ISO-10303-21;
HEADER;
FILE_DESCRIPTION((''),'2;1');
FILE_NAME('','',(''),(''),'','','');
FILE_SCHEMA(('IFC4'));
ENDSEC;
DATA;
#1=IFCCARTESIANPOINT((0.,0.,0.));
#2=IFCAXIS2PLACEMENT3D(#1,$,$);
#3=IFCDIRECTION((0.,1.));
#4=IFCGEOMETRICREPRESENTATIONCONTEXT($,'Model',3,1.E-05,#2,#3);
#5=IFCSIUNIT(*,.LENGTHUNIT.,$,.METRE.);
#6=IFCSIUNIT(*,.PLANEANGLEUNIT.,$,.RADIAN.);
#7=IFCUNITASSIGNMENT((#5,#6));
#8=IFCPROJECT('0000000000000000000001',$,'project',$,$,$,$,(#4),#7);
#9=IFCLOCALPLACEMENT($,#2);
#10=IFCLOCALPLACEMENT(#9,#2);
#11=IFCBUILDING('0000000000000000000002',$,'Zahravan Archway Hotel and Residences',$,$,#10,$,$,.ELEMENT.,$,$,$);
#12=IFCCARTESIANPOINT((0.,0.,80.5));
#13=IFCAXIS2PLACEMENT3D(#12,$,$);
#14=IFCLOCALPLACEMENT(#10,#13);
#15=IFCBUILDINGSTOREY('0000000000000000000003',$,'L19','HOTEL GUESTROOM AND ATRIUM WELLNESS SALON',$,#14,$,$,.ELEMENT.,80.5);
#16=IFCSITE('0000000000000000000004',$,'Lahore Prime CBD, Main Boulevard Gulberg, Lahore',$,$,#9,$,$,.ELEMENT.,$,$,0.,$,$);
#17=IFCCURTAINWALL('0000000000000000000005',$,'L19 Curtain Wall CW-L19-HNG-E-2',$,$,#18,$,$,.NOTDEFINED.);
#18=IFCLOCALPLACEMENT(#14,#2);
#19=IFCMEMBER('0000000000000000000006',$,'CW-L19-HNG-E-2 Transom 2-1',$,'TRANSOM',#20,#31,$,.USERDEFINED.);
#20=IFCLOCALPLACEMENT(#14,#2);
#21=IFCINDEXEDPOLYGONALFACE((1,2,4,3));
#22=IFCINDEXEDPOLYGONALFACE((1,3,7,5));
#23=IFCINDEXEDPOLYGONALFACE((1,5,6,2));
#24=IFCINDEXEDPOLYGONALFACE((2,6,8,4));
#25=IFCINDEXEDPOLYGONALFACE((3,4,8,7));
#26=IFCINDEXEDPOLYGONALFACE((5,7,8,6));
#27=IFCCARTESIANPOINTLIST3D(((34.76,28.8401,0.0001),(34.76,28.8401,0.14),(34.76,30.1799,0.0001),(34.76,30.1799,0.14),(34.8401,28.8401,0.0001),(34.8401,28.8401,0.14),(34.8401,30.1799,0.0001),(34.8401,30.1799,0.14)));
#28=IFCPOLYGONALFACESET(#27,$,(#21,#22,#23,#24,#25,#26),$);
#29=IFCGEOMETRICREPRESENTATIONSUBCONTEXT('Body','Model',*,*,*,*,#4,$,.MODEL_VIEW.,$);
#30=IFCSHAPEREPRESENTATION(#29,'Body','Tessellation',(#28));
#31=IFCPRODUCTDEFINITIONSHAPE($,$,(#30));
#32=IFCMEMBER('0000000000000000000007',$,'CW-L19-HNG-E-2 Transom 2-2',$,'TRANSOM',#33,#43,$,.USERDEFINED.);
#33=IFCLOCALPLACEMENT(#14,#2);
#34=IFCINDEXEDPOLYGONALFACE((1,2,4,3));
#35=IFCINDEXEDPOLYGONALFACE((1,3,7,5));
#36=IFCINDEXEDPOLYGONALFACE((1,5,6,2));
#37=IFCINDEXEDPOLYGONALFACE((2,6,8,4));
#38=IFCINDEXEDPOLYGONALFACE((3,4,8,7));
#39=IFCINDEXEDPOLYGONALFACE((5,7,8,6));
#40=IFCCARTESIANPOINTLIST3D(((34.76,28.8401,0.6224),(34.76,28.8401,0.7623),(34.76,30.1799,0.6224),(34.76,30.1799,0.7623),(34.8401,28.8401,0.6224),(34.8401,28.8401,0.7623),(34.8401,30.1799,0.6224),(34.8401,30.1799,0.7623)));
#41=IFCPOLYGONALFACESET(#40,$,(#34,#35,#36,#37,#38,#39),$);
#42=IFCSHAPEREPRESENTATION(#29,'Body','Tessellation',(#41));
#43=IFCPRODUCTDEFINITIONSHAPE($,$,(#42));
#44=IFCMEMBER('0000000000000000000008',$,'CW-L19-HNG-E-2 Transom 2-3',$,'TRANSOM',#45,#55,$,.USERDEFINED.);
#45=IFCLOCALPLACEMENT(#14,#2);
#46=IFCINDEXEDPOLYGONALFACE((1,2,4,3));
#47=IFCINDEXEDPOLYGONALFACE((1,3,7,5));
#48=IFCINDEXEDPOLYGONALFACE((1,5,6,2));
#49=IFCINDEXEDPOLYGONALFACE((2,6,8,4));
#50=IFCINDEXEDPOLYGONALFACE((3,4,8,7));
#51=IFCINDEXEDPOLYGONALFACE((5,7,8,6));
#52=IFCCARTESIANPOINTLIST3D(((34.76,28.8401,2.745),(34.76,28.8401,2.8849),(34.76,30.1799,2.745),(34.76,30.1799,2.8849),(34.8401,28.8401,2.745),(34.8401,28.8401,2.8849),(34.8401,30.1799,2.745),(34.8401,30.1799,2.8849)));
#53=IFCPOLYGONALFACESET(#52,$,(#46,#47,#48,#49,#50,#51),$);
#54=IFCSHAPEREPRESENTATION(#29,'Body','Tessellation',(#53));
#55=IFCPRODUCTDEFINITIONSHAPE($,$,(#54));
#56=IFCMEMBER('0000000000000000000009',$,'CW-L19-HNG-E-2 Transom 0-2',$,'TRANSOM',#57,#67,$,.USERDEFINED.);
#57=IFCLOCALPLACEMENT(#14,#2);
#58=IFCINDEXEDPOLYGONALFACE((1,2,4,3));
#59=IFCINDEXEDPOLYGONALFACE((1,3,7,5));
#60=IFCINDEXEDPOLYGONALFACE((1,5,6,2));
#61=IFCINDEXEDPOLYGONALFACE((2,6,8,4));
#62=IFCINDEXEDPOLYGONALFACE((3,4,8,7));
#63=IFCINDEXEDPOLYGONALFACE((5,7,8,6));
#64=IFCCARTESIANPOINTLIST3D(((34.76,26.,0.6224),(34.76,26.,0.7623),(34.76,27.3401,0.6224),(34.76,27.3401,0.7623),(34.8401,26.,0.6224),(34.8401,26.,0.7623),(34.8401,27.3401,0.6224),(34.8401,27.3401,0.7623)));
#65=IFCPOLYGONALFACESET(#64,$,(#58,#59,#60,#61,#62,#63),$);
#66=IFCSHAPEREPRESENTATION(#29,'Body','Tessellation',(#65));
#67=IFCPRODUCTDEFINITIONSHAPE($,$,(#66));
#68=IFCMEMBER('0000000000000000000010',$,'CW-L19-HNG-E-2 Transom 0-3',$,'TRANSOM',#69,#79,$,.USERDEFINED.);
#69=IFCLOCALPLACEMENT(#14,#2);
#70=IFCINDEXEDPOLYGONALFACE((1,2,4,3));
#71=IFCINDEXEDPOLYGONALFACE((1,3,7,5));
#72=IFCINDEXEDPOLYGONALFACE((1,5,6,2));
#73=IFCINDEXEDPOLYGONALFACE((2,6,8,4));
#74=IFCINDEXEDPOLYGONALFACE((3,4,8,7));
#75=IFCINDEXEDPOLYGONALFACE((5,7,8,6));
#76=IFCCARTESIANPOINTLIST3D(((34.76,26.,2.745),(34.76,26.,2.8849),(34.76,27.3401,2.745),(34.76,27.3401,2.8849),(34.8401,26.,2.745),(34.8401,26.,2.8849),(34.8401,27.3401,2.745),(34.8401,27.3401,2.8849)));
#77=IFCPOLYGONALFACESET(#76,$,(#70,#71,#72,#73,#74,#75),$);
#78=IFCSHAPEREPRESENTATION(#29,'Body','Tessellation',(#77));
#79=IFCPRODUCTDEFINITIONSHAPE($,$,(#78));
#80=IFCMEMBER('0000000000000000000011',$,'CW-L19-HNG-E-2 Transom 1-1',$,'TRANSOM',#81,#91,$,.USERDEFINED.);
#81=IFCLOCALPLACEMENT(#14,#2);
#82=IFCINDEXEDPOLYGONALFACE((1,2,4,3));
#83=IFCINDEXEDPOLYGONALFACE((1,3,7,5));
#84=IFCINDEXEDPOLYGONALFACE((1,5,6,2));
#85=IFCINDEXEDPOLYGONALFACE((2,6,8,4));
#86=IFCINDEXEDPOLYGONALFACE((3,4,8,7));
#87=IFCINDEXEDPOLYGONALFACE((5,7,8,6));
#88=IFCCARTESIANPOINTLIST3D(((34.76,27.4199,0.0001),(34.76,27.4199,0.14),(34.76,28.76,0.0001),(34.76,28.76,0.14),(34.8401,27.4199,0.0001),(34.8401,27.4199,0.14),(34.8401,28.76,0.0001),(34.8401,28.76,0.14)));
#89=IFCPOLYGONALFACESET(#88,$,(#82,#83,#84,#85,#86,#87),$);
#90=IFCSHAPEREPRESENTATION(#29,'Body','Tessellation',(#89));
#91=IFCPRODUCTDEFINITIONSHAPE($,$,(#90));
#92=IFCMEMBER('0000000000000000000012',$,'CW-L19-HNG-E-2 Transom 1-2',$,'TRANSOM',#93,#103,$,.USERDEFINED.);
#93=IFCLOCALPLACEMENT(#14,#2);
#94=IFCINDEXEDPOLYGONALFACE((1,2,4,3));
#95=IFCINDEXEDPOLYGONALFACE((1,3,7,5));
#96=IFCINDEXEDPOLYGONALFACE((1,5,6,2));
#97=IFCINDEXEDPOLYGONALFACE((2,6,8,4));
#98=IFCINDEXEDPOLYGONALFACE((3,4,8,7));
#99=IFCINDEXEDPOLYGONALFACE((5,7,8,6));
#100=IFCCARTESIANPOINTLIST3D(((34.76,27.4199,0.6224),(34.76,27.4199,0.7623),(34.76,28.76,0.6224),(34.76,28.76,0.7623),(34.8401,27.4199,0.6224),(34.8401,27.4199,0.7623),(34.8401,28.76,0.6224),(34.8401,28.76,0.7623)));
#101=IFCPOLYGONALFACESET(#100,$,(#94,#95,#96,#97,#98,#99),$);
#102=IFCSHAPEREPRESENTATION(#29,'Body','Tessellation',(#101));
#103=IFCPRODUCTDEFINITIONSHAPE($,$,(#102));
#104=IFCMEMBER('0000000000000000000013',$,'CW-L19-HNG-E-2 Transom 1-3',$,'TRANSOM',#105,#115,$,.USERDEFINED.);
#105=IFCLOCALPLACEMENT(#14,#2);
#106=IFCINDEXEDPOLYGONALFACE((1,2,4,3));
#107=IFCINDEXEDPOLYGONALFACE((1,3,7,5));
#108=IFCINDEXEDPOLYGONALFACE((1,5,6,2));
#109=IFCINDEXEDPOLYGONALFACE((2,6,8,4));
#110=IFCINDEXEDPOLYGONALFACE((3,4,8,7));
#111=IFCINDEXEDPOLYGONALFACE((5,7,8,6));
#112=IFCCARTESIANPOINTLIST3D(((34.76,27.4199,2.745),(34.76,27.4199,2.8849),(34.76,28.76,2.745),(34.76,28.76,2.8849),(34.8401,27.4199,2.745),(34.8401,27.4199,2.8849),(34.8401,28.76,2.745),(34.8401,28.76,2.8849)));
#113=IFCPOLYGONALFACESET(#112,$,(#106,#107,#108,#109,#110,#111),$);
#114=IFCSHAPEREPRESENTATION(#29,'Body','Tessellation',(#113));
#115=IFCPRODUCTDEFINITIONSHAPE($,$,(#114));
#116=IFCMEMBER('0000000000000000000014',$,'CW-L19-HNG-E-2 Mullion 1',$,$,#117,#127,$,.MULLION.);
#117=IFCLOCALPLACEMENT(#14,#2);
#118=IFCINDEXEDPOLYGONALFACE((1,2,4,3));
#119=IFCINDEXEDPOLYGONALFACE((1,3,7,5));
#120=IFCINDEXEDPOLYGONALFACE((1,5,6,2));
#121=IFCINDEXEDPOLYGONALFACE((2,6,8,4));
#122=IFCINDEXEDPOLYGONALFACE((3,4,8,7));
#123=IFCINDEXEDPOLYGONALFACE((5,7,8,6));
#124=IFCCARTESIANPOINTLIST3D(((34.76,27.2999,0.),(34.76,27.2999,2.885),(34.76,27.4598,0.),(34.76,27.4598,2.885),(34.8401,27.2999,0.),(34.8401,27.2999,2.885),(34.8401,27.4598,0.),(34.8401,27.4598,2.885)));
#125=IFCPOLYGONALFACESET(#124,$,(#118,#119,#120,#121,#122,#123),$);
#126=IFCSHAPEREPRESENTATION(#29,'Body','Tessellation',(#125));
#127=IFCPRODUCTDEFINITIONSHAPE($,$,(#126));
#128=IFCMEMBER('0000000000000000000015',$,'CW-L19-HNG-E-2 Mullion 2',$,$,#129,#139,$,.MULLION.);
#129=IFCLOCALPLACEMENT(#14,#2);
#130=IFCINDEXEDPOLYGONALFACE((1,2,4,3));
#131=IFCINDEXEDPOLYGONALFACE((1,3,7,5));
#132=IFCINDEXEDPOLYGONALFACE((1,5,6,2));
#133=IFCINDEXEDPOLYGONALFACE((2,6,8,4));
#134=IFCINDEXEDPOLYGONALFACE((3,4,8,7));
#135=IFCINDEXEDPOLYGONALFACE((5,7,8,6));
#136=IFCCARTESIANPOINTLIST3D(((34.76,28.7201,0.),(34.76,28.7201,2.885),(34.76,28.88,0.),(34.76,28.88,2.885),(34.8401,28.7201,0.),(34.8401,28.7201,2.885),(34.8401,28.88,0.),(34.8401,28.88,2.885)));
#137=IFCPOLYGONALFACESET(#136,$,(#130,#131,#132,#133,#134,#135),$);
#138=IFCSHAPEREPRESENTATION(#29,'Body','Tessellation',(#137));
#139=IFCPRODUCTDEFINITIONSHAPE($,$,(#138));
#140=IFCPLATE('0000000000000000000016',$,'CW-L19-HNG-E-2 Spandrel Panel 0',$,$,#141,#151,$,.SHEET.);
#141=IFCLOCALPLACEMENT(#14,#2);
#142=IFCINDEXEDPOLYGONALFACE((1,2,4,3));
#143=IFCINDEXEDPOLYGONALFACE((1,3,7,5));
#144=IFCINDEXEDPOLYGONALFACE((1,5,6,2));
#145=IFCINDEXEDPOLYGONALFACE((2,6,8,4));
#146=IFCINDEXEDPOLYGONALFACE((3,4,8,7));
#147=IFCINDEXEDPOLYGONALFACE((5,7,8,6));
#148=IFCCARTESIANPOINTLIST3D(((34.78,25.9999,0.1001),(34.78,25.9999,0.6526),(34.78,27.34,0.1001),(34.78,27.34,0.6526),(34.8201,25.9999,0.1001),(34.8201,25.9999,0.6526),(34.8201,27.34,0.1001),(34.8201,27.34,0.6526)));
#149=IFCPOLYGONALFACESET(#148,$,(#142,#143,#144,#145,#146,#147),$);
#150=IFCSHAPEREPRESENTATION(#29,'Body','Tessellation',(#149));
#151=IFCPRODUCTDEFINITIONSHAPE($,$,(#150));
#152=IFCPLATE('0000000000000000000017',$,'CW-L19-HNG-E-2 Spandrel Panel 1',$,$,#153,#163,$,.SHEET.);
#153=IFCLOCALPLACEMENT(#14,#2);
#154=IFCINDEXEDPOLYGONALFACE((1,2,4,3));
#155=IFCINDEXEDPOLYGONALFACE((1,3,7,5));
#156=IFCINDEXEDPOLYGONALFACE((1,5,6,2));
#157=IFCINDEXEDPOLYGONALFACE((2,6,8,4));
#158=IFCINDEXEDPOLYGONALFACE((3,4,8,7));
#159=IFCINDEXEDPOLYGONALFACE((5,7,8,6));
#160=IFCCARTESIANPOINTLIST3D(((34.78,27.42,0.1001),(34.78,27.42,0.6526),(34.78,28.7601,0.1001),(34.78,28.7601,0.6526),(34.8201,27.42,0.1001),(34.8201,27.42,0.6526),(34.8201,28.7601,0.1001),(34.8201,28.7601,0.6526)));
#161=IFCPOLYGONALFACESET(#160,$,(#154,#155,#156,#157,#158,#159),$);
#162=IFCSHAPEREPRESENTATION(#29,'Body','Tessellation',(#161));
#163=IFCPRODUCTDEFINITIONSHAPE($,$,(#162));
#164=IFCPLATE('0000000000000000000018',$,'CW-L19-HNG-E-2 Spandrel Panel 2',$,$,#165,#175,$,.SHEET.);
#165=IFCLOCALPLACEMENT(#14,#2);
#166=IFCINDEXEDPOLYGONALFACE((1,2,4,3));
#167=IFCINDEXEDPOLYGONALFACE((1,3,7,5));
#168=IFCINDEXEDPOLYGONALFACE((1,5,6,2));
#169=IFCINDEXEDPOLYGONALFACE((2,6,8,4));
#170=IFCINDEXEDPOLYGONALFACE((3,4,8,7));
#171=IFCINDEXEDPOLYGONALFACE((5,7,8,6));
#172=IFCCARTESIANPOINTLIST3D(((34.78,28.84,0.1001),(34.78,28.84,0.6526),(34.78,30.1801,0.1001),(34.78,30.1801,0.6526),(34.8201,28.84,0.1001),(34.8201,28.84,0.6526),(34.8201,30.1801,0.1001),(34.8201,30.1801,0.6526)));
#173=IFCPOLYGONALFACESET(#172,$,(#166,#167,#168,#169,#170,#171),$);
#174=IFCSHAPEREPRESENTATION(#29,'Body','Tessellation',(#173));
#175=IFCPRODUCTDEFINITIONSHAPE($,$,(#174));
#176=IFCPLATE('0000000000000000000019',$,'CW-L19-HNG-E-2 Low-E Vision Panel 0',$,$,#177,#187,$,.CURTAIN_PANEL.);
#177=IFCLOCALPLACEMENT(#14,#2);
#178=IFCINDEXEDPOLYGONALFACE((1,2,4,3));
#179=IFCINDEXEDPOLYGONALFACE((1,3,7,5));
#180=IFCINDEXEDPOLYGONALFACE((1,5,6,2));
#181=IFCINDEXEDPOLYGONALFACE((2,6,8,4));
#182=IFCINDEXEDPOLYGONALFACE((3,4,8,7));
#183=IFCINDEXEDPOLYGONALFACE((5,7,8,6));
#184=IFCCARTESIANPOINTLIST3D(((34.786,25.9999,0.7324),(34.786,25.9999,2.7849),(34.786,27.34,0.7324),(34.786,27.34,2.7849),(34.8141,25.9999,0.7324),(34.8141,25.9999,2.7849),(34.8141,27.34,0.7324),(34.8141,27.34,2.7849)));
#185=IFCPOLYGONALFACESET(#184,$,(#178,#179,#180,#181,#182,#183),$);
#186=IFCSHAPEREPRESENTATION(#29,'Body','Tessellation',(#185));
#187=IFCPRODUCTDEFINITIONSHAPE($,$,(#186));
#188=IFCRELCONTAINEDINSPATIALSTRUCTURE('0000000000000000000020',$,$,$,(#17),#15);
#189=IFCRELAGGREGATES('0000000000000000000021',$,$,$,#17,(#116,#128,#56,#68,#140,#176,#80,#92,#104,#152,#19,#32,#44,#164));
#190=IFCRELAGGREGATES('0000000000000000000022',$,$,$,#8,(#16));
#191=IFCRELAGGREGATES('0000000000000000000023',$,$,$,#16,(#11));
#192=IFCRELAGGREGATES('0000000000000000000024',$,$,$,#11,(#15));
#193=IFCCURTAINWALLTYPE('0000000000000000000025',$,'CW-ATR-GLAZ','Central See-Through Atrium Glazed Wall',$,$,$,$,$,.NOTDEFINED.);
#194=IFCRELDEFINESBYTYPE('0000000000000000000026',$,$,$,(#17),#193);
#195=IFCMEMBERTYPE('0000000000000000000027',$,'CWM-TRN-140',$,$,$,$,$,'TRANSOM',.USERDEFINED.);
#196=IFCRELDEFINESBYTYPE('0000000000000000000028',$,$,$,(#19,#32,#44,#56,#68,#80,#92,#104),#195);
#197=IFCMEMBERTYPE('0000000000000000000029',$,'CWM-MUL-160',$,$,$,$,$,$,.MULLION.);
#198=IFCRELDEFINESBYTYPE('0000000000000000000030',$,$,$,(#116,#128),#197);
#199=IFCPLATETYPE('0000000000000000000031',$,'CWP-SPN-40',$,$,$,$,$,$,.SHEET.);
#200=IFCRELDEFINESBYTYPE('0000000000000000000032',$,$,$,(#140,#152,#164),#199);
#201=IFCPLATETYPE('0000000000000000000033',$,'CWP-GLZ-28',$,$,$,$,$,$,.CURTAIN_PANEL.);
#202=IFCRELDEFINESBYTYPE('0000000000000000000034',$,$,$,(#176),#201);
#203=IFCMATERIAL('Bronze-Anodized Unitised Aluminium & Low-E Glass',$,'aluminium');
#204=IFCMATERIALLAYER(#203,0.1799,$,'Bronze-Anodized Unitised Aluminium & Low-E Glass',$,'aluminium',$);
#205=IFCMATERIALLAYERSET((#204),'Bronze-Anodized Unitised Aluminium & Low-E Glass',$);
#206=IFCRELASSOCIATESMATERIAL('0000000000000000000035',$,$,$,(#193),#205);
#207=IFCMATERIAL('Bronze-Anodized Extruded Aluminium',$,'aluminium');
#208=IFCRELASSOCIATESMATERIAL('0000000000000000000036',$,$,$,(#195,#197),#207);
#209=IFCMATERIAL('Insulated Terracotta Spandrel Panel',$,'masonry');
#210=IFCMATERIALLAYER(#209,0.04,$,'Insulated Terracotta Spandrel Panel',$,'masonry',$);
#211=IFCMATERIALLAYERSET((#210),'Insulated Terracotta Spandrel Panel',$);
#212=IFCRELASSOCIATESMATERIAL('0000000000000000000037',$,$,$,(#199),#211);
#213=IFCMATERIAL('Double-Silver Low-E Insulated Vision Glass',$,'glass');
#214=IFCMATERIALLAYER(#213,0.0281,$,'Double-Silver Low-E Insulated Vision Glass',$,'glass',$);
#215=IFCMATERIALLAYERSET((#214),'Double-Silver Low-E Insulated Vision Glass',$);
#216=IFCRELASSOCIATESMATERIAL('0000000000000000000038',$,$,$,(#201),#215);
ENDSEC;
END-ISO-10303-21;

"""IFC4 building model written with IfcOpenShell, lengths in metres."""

from ifc_helpers import new_model, si_unit, direction, frame, origin, origin_2d, place, context, subcontext, project, spatial, rectangle, extrude, source, transform, mapped, material, layer, layer_set, material_profile, profile_set, type_object, element, aggregate, save


model = new_model("IFC4")

# Units and contexts
model_context = context("Model", 3, precision=1e-05, world=origin(), true_north=direction((0.0, 1.0)))
body_context = subcontext(model_context, "Body", "Model", "MODEL_VIEW")
ifc_project = project(units=[si_unit("LENGTHUNIT", "METRE"), si_unit("PLANEANGLEUNIT", "RADIAN")], contexts=[model_context])

# Site, building, storey
site_placement = place(None, origin())
site = spatial("IfcSite", under=ifc_project, at=site_placement, Name="Lahore Prime CBD, Main Boulevard Gulberg, Lahore", CompositionType="ELEMENT", RefElevation=0.0)
building_placement = place(site_placement, origin())
building = spatial("IfcBuilding", under=site, at=building_placement, Name="Zahravan Archway Hotel and Residences", CompositionType="ELEMENT")
storey_placement = place(building_placement, frame((0.0, 0.0, 80.5)))
storey = spatial("IfcBuildingStorey", under=building, at=storey_placement, Name="L19", Description="HOTEL GUESTROOM AND ATRIUM WELLNESS SALON", CompositionType="ELEMENT", Elevation=80.5)

# Curtain wall, members, plates
ifc_material_1 = material(Name="Bronze-Anodized Unitised Aluminium & Low-E Glass", Category="aluminium")
ifc_layer_1 = layer(ifc_material_1, 0.1799, Name="Bronze-Anodized Unitised Aluminium & Low-E Glass", Category="aluminium")
ifc_layer_set_1 = layer_set([ifc_layer_1], Name="Bronze-Anodized Unitised Aluminium & Low-E Glass")
curtain_wall_type = type_object("IfcCurtainWallType", Name="CW-ATR-GLAZ", Description="Central See-Through Atrium Glazed Wall", PredefinedType="NOTDEFINED", material=ifc_layer_set_1)
curtain_wall_placement = place(storey_placement, origin())
curtain_wall = element("IfcCurtainWall", 1, at=curtain_wall_placement, inside=storey, type_object=curtain_wall_type, Name="L19 Curtain Wall CW-L19-HNG-E-2", PredefinedType="NOTDEFINED")
ifc_material_2 = material(Name="Bronze-Anodized Extruded Aluminium", Category="aluminium")
ifc_material_profile_1 = material_profile(ifc_material_2, rectangle(XDim=0.0801, YDim=0.1399, at=origin_2d()), Name="TRN 80x140", Category="aluminium")
ifc_profile_set_1 = profile_set([ifc_material_profile_1], Name="Bronze-Anodized Extruded Aluminium")
member_type_1 = type_object("IfcMemberType", Name="CWM-TRN-140", ElementType="TRANSOM", PredefinedType="USERDEFINED", material=ifc_profile_set_1)
shared_shape_1 = source(origin(), body_context, "Body", "SweptSolid", [
    extrude(rectangle(XDim=0.0801, YDim=0.1399, at=origin_2d()), origin(), (0.0, 0.0, 1.0), 1.3398),
])
member_1_placement = place(storey_placement, frame((34.8, 28.8401, 0.0701), z_axis=(0.0, 1.0, 0.0), x_axis=(-1.0, 0.0, 0.0)))
member_1 = element("IfcMember", 2, at=member_1_placement, type_object=member_type_1, Name="CW-L19-HNG-E-2 Transom 2-1", ObjectType="TRANSOM", PredefinedType="USERDEFINED", context=body_context, shape_type="MappedRepresentation", body=[
    mapped(shared_shape_1, transform((0.0, 0.0, 0.0), scale=1.0)),
])
member_2_placement = place(storey_placement, frame((34.8, 28.8401, 0.6924), z_axis=(0.0, 1.0, 0.0), x_axis=(-1.0, 0.0, 0.0)))
member_2 = element("IfcMember", 3, at=member_2_placement, type_object=member_type_1, Name="CW-L19-HNG-E-2 Transom 2-2", ObjectType="TRANSOM", PredefinedType="USERDEFINED", context=body_context, shape_type="MappedRepresentation", body=[
    mapped(shared_shape_1, transform((0.0, 0.0, 0.0), scale=1.0)),
])
member_3_placement = place(storey_placement, frame((34.8, 28.8401, 2.8149), z_axis=(0.0, 1.0, 0.0), x_axis=(-1.0, 0.0, 0.0)))
member_3 = element("IfcMember", 4, at=member_3_placement, type_object=member_type_1, Name="CW-L19-HNG-E-2 Transom 2-3", ObjectType="TRANSOM", PredefinedType="USERDEFINED", context=body_context, shape_type="MappedRepresentation", body=[
    mapped(shared_shape_1, transform((0.0, 0.0, 0.0), scale=1.0)),
])
shared_shape_2 = source(origin(), body_context, "Body", "SweptSolid", [
    extrude(rectangle(XDim=0.0801, YDim=0.1399, at=origin_2d()), origin(), (0.0, 0.0, 1.0), 1.3401),
])
member_4_placement = place(storey_placement, frame((34.8, 26.0, 0.6924), z_axis=(0.0, 1.0, 0.0), x_axis=(-1.0, 0.0, 0.0)))
member_4 = element("IfcMember", 5, at=member_4_placement, type_object=member_type_1, Name="CW-L19-HNG-E-2 Transom 0-2", ObjectType="TRANSOM", PredefinedType="USERDEFINED", context=body_context, shape_type="MappedRepresentation", body=[
    mapped(shared_shape_2, transform((0.0, 0.0, 0.0), scale=1.0)),
])
member_5_placement = place(storey_placement, frame((34.8, 26.0, 2.8149), z_axis=(0.0, 1.0, 0.0), x_axis=(-1.0, 0.0, 0.0)))
member_5 = element("IfcMember", 6, at=member_5_placement, type_object=member_type_1, Name="CW-L19-HNG-E-2 Transom 0-3", ObjectType="TRANSOM", PredefinedType="USERDEFINED", context=body_context, shape_type="MappedRepresentation", body=[
    mapped(shared_shape_2, transform((0.0, 0.0, 0.0), scale=1.0)),
])
member_6_placement = place(storey_placement, frame((34.8, 27.4199, 0.0701), z_axis=(0.0, 1.0, 0.0), x_axis=(-1.0, 0.0, 0.0)))
member_6 = element("IfcMember", 7, at=member_6_placement, type_object=member_type_1, Name="CW-L19-HNG-E-2 Transom 1-1", ObjectType="TRANSOM", PredefinedType="USERDEFINED", context=body_context, shape_type="MappedRepresentation", body=[
    mapped(shared_shape_2, transform((0.0, 0.0, 0.0), scale=1.0)),
])
member_7_placement = place(storey_placement, frame((34.8, 27.4199, 0.6924), z_axis=(0.0, 1.0, 0.0), x_axis=(-1.0, 0.0, 0.0)))
member_7 = element("IfcMember", 8, at=member_7_placement, type_object=member_type_1, Name="CW-L19-HNG-E-2 Transom 1-2", ObjectType="TRANSOM", PredefinedType="USERDEFINED", context=body_context, shape_type="MappedRepresentation", body=[
    mapped(shared_shape_2, transform((0.0, 0.0, 0.0), scale=1.0)),
])
member_8_placement = place(storey_placement, frame((34.8, 27.4199, 2.8149), z_axis=(0.0, 1.0, 0.0), x_axis=(-1.0, 0.0, 0.0)))
member_8 = element("IfcMember", 9, at=member_8_placement, type_object=member_type_1, Name="CW-L19-HNG-E-2 Transom 1-3", ObjectType="TRANSOM", PredefinedType="USERDEFINED", context=body_context, shape_type="MappedRepresentation", body=[
    mapped(shared_shape_2, transform((0.0, 0.0, 0.0), scale=1.0)),
])
ifc_material_profile_2 = material_profile(ifc_material_2, rectangle(XDim=0.0801, YDim=0.1599, at=origin_2d()), Name="MUL 80x160", Category="aluminium")
ifc_profile_set_2 = profile_set([ifc_material_profile_2], Name="Bronze-Anodized Extruded Aluminium")
member_type_2 = type_object("IfcMemberType", Name="CWM-MUL-160", PredefinedType="MULLION", material=ifc_profile_set_2)
shared_shape_3 = source(origin(), body_context, "Body", "SweptSolid", [
    extrude(rectangle(XDim=0.0801, YDim=0.1599, at=origin_2d()), origin(), (0.0, 0.0, 1.0), 2.885),
])
member_9_placement = place(storey_placement, frame((34.8, 27.3799, 0.0), z_axis=(0.0, 0.0, 1.0), x_axis=(1.0, 0.0, 0.0)))
member_9 = element("IfcMember", 10, at=member_9_placement, type_object=member_type_2, Name="CW-L19-HNG-E-2 Mullion 1", PredefinedType="MULLION", context=body_context, shape_type="MappedRepresentation", body=[
    mapped(shared_shape_3, transform((0.0, 0.0, 0.0), scale=1.0)),
])
member_10_placement = place(storey_placement, frame((34.8, 28.8, 0.0), z_axis=(0.0, 0.0, 1.0), x_axis=(1.0, 0.0, 0.0)))
member_10 = element("IfcMember", 11, at=member_10_placement, type_object=member_type_2, Name="CW-L19-HNG-E-2 Mullion 2", PredefinedType="MULLION", context=body_context, shape_type="MappedRepresentation", body=[
    mapped(shared_shape_3, transform((0.0, 0.0, 0.0), scale=1.0)),
])
ifc_material_3 = material(Name="Insulated Terracotta Spandrel Panel", Category="masonry")
ifc_layer_2 = layer(ifc_material_3, 0.04, Name="Insulated Terracotta Spandrel Panel", Category="masonry")
ifc_layer_set_2 = layer_set([ifc_layer_2], Name="Insulated Terracotta Spandrel Panel")
plate_type_1 = type_object("IfcPlateType", Name="CWP-SPN-40", PredefinedType="SHEET", material=ifc_layer_set_2)
shared_shape_4 = source(origin(), body_context, "Body", "SweptSolid", [
    extrude(rectangle(XDim=1.3401, YDim=0.04, at=origin_2d()), origin(), (0.0, 0.0, 1.0), 0.5525),
])
plate_1_placement = place(storey_placement, frame((34.8, 26.6699, 0.1001), z_axis=(0.0, 0.0, 1.0), x_axis=(0.0, 1.0, 0.0)))
plate_1 = element("IfcPlate", 12, at=plate_1_placement, type_object=plate_type_1, Name="CW-L19-HNG-E-2 Spandrel Panel 0", PredefinedType="SHEET", context=body_context, shape_type="MappedRepresentation", body=[
    mapped(shared_shape_4, transform((0.0, 0.0, 0.0), scale=1.0)),
])
plate_2_placement = place(storey_placement, frame((34.8, 28.0901, 0.1001), z_axis=(0.0, 0.0, 1.0), x_axis=(0.0, 1.0, 0.0)))
plate_2 = element("IfcPlate", 13, at=plate_2_placement, type_object=plate_type_1, Name="CW-L19-HNG-E-2 Spandrel Panel 1", PredefinedType="SHEET", context=body_context, shape_type="MappedRepresentation", body=[
    mapped(shared_shape_4, transform((0.0, 0.0, 0.0), scale=1.0)),
])
plate_3_placement = place(storey_placement, frame((34.8, 29.51, 0.1001), z_axis=(0.0, 0.0, 1.0), x_axis=(0.0, 1.0, 0.0)))
plate_3 = element("IfcPlate", 14, at=plate_3_placement, type_object=plate_type_1, Name="CW-L19-HNG-E-2 Spandrel Panel 2", PredefinedType="SHEET", context=body_context, shape_type="MappedRepresentation", body=[
    mapped(shared_shape_4, transform((0.0, 0.0, 0.0), scale=1.0)),
])
ifc_material_4 = material(Name="Double-Silver Low-E Insulated Vision Glass", Category="glass")
ifc_layer_3 = layer(ifc_material_4, 0.0281, Name="Double-Silver Low-E Insulated Vision Glass", Category="glass")
ifc_layer_set_3 = layer_set([ifc_layer_3], Name="Double-Silver Low-E Insulated Vision Glass")
plate_type_2 = type_object("IfcPlateType", Name="CWP-GLZ-28", PredefinedType="CURTAIN_PANEL", material=ifc_layer_set_3)
shared_shape_5 = source(origin(), body_context, "Body", "SweptSolid", [
    extrude(rectangle(XDim=1.3401, YDim=0.0281, at=origin_2d()), origin(), (0.0, 0.0, 1.0), 2.0525),
])
plate_4_placement = place(storey_placement, frame((34.8, 26.6699, 0.7324), z_axis=(0.0, 0.0, 1.0), x_axis=(0.0, 1.0, 0.0)))
plate_4 = element("IfcPlate", 15, at=plate_4_placement, type_object=plate_type_2, Name="CW-L19-HNG-E-2 Low-E Vision Panel 0", PredefinedType="CURTAIN_PANEL", context=body_context, shape_type="MappedRepresentation", body=[
    mapped(shared_shape_5, transform((0.0, 0.0, 0.0), scale=1.0)),
])
aggregate(curtain_wall, [member_9, member_10, member_4, member_5, plate_1, plate_4, member_6, member_7, member_8, plate_2, member_1, member_2, member_3, plate_3])

save(model, "model.ifc")
